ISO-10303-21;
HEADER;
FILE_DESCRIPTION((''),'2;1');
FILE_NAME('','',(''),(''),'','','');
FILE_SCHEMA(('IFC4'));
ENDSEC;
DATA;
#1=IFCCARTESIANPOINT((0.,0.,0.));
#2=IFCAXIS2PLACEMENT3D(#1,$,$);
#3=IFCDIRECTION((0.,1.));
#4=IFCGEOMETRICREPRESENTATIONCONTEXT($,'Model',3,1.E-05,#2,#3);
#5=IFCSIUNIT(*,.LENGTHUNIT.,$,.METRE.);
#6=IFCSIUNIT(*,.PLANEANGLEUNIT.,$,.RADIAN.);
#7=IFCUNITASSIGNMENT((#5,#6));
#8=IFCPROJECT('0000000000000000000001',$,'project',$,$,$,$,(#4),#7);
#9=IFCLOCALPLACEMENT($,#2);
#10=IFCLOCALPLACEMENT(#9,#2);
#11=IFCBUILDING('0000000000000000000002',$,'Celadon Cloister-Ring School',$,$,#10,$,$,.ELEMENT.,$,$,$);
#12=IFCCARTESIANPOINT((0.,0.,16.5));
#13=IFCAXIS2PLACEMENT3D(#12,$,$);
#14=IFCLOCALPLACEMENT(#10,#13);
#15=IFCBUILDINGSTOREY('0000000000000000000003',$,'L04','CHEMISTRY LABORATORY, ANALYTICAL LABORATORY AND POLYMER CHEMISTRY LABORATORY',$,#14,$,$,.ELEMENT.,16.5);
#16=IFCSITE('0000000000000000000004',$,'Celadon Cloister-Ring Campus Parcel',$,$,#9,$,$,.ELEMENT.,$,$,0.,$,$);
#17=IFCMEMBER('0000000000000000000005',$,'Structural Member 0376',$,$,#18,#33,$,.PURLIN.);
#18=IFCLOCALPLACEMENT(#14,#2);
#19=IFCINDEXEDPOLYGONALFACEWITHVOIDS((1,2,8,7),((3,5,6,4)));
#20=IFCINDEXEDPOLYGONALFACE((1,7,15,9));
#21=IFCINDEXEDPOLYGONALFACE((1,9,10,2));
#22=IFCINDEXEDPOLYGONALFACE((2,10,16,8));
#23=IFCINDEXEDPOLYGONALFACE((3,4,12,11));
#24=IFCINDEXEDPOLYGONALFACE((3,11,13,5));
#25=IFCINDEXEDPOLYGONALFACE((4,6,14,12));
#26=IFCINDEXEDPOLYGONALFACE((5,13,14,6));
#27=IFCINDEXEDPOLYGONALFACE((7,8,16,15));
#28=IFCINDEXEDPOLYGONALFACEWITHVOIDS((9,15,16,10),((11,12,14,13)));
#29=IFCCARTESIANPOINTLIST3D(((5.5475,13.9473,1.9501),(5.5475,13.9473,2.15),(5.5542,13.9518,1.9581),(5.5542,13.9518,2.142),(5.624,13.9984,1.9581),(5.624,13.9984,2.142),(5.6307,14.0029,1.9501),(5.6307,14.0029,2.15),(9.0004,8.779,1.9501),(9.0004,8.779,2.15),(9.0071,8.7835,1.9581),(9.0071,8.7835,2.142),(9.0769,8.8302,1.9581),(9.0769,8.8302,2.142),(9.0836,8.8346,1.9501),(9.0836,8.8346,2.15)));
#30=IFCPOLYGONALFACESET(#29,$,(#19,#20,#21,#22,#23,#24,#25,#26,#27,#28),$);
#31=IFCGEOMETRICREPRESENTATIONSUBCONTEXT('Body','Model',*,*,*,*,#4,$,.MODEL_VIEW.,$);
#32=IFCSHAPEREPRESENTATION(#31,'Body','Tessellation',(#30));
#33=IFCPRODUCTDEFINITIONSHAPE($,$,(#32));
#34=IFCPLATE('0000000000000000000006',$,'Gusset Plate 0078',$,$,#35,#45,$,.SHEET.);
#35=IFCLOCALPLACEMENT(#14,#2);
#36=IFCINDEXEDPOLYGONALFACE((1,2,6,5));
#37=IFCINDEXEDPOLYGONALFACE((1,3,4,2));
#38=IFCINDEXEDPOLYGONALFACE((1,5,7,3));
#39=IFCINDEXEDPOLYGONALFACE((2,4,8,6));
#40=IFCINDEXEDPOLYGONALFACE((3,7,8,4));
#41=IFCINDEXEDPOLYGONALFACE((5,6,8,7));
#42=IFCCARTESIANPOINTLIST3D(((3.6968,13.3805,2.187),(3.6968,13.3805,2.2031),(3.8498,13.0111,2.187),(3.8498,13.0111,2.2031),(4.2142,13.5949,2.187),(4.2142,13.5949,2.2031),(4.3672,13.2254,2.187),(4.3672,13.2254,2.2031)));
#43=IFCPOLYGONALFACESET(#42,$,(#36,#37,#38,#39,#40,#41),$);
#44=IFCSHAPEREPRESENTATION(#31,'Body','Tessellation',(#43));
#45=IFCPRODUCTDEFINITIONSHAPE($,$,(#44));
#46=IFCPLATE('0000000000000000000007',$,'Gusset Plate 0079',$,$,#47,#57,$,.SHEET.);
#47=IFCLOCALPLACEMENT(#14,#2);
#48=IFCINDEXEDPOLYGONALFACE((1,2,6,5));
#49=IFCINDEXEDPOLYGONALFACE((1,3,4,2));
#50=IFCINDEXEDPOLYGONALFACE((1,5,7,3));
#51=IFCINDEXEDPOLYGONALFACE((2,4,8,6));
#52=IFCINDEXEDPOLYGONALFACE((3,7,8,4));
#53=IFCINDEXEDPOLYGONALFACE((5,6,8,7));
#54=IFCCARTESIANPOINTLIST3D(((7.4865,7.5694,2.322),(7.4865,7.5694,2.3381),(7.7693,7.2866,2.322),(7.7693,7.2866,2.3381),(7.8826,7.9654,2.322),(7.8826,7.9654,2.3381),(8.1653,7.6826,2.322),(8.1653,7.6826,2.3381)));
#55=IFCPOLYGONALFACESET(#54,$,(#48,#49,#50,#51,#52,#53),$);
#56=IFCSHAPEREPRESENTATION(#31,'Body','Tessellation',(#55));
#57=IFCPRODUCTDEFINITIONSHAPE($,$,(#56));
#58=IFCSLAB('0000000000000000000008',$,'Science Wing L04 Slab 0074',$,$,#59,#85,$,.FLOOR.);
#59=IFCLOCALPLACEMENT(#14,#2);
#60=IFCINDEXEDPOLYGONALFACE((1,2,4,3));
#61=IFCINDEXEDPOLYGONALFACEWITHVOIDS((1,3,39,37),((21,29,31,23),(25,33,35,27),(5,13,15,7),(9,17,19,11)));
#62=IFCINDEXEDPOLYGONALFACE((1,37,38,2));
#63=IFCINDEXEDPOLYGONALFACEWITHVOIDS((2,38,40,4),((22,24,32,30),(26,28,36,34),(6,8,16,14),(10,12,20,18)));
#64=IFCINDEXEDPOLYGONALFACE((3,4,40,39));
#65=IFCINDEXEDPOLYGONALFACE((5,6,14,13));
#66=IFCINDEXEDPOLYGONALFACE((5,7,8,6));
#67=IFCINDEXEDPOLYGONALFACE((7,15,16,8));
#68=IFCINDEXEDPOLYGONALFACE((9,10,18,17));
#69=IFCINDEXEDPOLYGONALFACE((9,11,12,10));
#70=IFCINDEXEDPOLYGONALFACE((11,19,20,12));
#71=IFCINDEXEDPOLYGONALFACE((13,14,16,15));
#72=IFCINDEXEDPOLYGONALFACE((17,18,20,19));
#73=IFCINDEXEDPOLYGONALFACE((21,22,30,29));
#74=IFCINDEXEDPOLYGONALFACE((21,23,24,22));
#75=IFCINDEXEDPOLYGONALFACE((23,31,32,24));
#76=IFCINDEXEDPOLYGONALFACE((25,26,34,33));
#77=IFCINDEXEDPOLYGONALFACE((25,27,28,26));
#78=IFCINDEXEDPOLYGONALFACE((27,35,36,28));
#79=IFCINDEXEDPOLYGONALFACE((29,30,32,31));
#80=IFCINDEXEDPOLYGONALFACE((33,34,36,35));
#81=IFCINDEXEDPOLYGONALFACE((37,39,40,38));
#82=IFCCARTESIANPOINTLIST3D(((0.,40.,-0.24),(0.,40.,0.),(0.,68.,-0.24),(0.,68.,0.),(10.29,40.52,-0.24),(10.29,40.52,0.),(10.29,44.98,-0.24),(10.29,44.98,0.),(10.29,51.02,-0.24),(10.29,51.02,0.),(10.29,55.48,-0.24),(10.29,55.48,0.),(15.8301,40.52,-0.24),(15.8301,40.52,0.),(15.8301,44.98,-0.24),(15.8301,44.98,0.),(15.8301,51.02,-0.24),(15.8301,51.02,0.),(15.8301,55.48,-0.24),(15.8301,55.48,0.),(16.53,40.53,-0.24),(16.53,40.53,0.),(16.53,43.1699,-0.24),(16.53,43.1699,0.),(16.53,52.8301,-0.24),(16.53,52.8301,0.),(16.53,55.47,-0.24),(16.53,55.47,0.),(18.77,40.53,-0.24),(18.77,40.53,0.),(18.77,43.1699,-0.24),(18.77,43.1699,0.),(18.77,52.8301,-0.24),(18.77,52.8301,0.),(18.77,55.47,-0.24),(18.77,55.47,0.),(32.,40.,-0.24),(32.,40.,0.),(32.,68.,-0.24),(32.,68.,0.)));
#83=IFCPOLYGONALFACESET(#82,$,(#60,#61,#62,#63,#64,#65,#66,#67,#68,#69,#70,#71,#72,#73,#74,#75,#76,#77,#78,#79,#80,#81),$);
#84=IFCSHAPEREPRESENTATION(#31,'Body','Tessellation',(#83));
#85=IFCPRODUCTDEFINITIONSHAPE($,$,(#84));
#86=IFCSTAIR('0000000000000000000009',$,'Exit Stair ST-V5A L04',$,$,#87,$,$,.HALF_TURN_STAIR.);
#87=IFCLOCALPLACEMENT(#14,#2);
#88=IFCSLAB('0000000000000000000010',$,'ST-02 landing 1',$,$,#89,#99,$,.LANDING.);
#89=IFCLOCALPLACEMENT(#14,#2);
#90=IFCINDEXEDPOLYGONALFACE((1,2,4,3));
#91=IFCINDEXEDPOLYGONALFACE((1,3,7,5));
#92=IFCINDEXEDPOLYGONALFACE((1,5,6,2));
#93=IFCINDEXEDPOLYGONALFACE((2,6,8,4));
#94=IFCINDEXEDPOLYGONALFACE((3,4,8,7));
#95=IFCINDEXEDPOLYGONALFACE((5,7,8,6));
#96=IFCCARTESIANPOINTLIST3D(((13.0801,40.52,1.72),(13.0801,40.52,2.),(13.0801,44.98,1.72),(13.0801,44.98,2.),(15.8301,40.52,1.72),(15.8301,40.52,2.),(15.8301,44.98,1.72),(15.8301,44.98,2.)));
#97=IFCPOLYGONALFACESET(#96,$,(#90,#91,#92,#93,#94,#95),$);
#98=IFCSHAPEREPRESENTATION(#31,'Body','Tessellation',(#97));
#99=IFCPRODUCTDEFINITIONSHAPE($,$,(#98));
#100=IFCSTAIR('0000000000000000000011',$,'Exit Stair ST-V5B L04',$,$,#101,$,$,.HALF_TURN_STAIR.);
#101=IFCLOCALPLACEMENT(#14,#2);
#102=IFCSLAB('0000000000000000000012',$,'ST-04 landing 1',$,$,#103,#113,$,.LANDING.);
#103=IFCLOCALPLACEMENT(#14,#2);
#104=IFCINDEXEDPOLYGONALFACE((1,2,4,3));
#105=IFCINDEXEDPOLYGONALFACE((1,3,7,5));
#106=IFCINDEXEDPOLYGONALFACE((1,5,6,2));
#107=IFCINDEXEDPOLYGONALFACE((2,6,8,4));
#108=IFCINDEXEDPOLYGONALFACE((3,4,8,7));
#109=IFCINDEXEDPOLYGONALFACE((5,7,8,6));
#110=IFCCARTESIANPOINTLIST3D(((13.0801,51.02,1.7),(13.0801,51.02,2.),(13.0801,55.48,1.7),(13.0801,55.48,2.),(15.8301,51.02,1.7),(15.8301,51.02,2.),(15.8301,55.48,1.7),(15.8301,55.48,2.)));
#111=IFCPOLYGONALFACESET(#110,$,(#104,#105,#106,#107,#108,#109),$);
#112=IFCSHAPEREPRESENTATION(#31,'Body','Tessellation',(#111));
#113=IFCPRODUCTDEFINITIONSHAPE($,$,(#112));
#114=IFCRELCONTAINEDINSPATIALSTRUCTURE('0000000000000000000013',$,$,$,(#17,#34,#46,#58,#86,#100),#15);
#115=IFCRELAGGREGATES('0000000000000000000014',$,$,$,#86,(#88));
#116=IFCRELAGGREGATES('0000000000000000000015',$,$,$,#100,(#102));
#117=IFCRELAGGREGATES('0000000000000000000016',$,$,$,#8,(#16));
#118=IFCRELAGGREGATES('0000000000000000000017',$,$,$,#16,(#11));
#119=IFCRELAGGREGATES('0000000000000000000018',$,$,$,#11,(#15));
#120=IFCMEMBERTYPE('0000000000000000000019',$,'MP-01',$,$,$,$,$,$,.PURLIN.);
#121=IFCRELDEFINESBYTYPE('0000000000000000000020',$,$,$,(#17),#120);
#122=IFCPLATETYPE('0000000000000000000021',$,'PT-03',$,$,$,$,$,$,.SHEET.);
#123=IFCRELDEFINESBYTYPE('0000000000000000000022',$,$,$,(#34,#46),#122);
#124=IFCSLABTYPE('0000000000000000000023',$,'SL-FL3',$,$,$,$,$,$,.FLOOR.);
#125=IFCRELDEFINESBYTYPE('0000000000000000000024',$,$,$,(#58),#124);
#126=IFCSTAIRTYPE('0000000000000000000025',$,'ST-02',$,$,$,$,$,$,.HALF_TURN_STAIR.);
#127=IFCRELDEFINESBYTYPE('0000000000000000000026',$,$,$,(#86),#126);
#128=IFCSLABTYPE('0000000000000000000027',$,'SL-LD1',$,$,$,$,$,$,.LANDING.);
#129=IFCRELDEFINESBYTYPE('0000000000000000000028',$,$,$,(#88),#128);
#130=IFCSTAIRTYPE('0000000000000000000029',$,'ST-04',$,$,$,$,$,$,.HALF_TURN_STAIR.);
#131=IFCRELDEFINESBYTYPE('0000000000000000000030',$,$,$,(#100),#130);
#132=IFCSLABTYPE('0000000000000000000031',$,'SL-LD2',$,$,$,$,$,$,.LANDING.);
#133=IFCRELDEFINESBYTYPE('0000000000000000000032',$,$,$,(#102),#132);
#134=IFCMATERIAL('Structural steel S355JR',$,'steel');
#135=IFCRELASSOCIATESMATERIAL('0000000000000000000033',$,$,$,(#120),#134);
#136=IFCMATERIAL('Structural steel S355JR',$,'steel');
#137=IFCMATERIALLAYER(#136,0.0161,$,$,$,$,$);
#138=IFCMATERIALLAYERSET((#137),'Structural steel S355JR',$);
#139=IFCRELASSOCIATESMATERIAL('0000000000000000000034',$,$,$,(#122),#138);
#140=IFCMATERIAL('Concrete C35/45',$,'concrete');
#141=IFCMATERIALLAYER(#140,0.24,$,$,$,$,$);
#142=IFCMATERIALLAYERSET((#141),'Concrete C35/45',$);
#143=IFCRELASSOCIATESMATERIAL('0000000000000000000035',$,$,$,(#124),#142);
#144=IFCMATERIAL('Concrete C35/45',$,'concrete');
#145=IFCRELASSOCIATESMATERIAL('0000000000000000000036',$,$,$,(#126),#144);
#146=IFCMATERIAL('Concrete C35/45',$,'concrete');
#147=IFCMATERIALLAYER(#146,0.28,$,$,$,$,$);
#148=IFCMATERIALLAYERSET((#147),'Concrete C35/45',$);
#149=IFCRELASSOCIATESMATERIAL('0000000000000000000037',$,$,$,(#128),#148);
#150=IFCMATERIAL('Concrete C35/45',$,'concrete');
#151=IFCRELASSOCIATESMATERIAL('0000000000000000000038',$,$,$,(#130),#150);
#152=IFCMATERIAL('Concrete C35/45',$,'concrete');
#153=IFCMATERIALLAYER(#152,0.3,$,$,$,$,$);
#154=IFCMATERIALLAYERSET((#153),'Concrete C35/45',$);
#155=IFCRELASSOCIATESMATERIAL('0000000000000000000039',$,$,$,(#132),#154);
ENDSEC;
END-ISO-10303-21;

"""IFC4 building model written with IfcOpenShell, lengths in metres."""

from ifc_helpers import new_model, si_unit, direction, frame, origin, origin_2d, place, context, subcontext, project, spatial, polyline, rectangle, hollow_rectangle, outline, extrude, material, layer, layer_set, material_profile, profile_set, type_object, element, aggregate, save


model = new_model("IFC4")

# Units and contexts
model_context = context("Model", 3, precision=1e-05, world=origin(), true_north=direction((0.0, 1.0)))
body_context = subcontext(model_context, "Body", "Model", "MODEL_VIEW")
ifc_project = project(units=[si_unit("LENGTHUNIT", "METRE"), si_unit("PLANEANGLEUNIT", "RADIAN")], contexts=[model_context])

# Site, building, storey
site_placement = place(None, origin())
site = spatial("IfcSite", under=ifc_project, at=site_placement, Name="Celadon Cloister-Ring Campus Parcel", CompositionType="ELEMENT", RefElevation=0.0)
building_placement = place(site_placement, origin())
building = spatial("IfcBuilding", under=site, at=building_placement, Name="Celadon Cloister-Ring School", CompositionType="ELEMENT")
storey_placement = place(building_placement, frame((0.0, 0.0, 16.5)))
storey = spatial("IfcBuildingStorey", under=building, at=storey_placement, Name="L04", Description="CHEMISTRY LABORATORY, ANALYTICAL LABORATORY AND POLYMER CHEMISTRY LABORATORY", CompositionType="ELEMENT", Elevation=16.5)

# Member
ifc_material_1 = material(Name="Structural steel S355JR", Category="steel")
ifc_material_profile = material_profile(ifc_material_1, hollow_rectangle(XDim=0.1001, YDim=0.2, WallThickness=0.0081, at=origin_2d()), Name="HSS200X100X8")
ifc_profile_set = profile_set([ifc_material_profile], Name="Structural steel S355JR")
member_type = type_object("IfcMemberType", Name="MP-01", PredefinedType="PURLIN", material=ifc_profile_set)
member_placement = place(storey_placement, frame((5.5891, 13.9751, 2.05), z_axis=(0.555525, -0.8315, 0.0), x_axis=(0.8315, 0.555525, 0.0)))
element("IfcMember", 1, at=member_placement, inside=storey, type_object=member_type, Name="Structural Member 0376", PredefinedType="PURLIN", context=body_context, shape_type="SweptSolid", body=[
    extrude(hollow_rectangle(XDim=0.1001, YDim=0.2, WallThickness=0.0081, at=origin_2d()), origin(), (0.0, 0.0, 1.0), 6.2156),
])

# Plates
ifc_material_2 = material(Name="Structural steel S355JR", Category="steel")
ifc_layer_1 = layer(ifc_material_2, 0.0161)
ifc_layer_set_1 = layer_set([ifc_layer_1], Name="Structural steel S355JR")
plate_type = type_object("IfcPlateType", Name="PT-03", PredefinedType="SHEET", material=ifc_layer_set_1)
for number, where, z_axis, x_axis, name in (
    (2, (4.032, 13.303, 2.187), (0.0, 0.0, 1.0), (-0.92388, -0.382683, 0.0), "Gusset Plate 0078"),
    (3, (7.8259, 7.626, 2.322), (0.0, 0.0, 1.0), (-0.707107, -0.707107, 0.0), "Gusset Plate 0079"),
):
    element("IfcPlate", number, at=place(storey_placement, frame(where, z_axis=z_axis, x_axis=x_axis)), inside=storey, type_object=plate_type, Name=name, PredefinedType="SHEET", context=body_context, shape_type="SweptSolid", body=[
        extrude(rectangle(XDim=0.5601, YDim=0.3999, at=origin_2d()), origin(), (0.0, 0.0, 1.0), 0.0161),
    ])

# Slab
ifc_material_3 = material(Name="Concrete C35/45", Category="concrete")
ifc_layer_2 = layer(ifc_material_3, 0.24)
ifc_layer_set_2 = layer_set([ifc_layer_2], Name="Concrete C35/45")
slab_type_1 = type_object("IfcSlabType", Name="SL-FL3", PredefinedType="FLOOR", material=ifc_layer_set_2)
slab_1_placement = place(storey_placement, frame((0.0, 0.0, -0.24)))
element("IfcSlab", 4, at=slab_1_placement, inside=storey, type_object=slab_type_1, Name="Science Wing L04 Slab 0074", PredefinedType="FLOOR", context=body_context, shape_type="SweptSolid", body=[
    extrude(outline(polyline([(0.0, 68.0), (32.0, 68.0), (32.0, 40.0), (0.0, 40.0), (0.0, 68.0)]), holes=[polyline([(16.53, 43.1699), (16.53, 40.53), (18.77, 40.53), (18.77, 43.1699), (16.53, 43.1699)]), polyline([(10.29, 44.98), (10.29, 40.52), (15.8301, 40.52), (15.8301, 44.98), (10.29, 44.98)]), polyline([(10.29, 55.48), (10.29, 51.02), (15.8301, 51.02), (15.8301, 55.48), (10.29, 55.48)]), polyline([(16.53, 55.47), (16.53, 52.8301), (18.77, 52.8301), (18.77, 55.47), (16.53, 55.47)])]), origin(), (0.0, 0.0, 1.0), 0.24),
])

# Stairs, slabs
ifc_material_4 = material(Name="Concrete C35/45", Category="concrete")
stair_type_1 = type_object("IfcStairType", Name="ST-02", PredefinedType="HALF_TURN_STAIR", material=ifc_material_4)
stair_1_placement = place(storey_placement, origin())
stair_1 = element("IfcStair", 5, at=stair_1_placement, inside=storey, type_object=stair_type_1, Name="Exit Stair ST-V5A L04", PredefinedType="HALF_TURN_STAIR")
ifc_material_5 = material(Name="Concrete C35/45", Category="concrete")
ifc_layer_3 = layer(ifc_material_5, 0.28)
ifc_layer_set_3 = layer_set([ifc_layer_3], Name="Concrete C35/45")
slab_type_2 = type_object("IfcSlabType", Name="SL-LD1", PredefinedType="LANDING", material=ifc_layer_set_3)
slab_2_placement = place(storey_placement, frame((0.0, 0.0, 1.72)))
slab_2 = element("IfcSlab", 6, at=slab_2_placement, type_object=slab_type_2, Name="ST-02 landing 1", PredefinedType="LANDING", context=body_context, shape_type="SweptSolid", body=[
    extrude(outline(polyline([(13.0801, 40.52), (15.8301, 40.52), (15.8301, 44.98), (13.0801, 44.98), (13.0801, 40.52)])), origin(), (0.0, 0.0, 1.0), 0.28),
])
aggregate(stair_1, [slab_2])
ifc_material_6 = material(Name="Concrete C35/45", Category="concrete")
stair_type_2 = type_object("IfcStairType", Name="ST-04", PredefinedType="HALF_TURN_STAIR", material=ifc_material_6)
stair_2_placement = place(storey_placement, origin())
stair_2 = element("IfcStair", 7, at=stair_2_placement, inside=storey, type_object=stair_type_2, Name="Exit Stair ST-V5B L04", PredefinedType="HALF_TURN_STAIR")
ifc_material_7 = material(Name="Concrete C35/45", Category="concrete")
ifc_layer_4 = layer(ifc_material_7, 0.3)
ifc_layer_set_4 = layer_set([ifc_layer_4], Name="Concrete C35/45")
slab_type_3 = type_object("IfcSlabType", Name="SL-LD2", PredefinedType="LANDING", material=ifc_layer_set_4)
slab_3_placement = place(storey_placement, frame((0.0, 0.0, 1.7)))
slab_3 = element("IfcSlab", 8, at=slab_3_placement, type_object=slab_type_3, Name="ST-04 landing 1", PredefinedType="LANDING", context=body_context, shape_type="SweptSolid", body=[
    extrude(outline(polyline([(13.0801, 51.02), (15.8301, 51.02), (15.8301, 55.48), (13.0801, 55.48), (13.0801, 51.02)])), origin(), (0.0, 0.0, 1.0), 0.3),
])
aggregate(stair_2, [slab_3])

save(model, "model.ifc")
